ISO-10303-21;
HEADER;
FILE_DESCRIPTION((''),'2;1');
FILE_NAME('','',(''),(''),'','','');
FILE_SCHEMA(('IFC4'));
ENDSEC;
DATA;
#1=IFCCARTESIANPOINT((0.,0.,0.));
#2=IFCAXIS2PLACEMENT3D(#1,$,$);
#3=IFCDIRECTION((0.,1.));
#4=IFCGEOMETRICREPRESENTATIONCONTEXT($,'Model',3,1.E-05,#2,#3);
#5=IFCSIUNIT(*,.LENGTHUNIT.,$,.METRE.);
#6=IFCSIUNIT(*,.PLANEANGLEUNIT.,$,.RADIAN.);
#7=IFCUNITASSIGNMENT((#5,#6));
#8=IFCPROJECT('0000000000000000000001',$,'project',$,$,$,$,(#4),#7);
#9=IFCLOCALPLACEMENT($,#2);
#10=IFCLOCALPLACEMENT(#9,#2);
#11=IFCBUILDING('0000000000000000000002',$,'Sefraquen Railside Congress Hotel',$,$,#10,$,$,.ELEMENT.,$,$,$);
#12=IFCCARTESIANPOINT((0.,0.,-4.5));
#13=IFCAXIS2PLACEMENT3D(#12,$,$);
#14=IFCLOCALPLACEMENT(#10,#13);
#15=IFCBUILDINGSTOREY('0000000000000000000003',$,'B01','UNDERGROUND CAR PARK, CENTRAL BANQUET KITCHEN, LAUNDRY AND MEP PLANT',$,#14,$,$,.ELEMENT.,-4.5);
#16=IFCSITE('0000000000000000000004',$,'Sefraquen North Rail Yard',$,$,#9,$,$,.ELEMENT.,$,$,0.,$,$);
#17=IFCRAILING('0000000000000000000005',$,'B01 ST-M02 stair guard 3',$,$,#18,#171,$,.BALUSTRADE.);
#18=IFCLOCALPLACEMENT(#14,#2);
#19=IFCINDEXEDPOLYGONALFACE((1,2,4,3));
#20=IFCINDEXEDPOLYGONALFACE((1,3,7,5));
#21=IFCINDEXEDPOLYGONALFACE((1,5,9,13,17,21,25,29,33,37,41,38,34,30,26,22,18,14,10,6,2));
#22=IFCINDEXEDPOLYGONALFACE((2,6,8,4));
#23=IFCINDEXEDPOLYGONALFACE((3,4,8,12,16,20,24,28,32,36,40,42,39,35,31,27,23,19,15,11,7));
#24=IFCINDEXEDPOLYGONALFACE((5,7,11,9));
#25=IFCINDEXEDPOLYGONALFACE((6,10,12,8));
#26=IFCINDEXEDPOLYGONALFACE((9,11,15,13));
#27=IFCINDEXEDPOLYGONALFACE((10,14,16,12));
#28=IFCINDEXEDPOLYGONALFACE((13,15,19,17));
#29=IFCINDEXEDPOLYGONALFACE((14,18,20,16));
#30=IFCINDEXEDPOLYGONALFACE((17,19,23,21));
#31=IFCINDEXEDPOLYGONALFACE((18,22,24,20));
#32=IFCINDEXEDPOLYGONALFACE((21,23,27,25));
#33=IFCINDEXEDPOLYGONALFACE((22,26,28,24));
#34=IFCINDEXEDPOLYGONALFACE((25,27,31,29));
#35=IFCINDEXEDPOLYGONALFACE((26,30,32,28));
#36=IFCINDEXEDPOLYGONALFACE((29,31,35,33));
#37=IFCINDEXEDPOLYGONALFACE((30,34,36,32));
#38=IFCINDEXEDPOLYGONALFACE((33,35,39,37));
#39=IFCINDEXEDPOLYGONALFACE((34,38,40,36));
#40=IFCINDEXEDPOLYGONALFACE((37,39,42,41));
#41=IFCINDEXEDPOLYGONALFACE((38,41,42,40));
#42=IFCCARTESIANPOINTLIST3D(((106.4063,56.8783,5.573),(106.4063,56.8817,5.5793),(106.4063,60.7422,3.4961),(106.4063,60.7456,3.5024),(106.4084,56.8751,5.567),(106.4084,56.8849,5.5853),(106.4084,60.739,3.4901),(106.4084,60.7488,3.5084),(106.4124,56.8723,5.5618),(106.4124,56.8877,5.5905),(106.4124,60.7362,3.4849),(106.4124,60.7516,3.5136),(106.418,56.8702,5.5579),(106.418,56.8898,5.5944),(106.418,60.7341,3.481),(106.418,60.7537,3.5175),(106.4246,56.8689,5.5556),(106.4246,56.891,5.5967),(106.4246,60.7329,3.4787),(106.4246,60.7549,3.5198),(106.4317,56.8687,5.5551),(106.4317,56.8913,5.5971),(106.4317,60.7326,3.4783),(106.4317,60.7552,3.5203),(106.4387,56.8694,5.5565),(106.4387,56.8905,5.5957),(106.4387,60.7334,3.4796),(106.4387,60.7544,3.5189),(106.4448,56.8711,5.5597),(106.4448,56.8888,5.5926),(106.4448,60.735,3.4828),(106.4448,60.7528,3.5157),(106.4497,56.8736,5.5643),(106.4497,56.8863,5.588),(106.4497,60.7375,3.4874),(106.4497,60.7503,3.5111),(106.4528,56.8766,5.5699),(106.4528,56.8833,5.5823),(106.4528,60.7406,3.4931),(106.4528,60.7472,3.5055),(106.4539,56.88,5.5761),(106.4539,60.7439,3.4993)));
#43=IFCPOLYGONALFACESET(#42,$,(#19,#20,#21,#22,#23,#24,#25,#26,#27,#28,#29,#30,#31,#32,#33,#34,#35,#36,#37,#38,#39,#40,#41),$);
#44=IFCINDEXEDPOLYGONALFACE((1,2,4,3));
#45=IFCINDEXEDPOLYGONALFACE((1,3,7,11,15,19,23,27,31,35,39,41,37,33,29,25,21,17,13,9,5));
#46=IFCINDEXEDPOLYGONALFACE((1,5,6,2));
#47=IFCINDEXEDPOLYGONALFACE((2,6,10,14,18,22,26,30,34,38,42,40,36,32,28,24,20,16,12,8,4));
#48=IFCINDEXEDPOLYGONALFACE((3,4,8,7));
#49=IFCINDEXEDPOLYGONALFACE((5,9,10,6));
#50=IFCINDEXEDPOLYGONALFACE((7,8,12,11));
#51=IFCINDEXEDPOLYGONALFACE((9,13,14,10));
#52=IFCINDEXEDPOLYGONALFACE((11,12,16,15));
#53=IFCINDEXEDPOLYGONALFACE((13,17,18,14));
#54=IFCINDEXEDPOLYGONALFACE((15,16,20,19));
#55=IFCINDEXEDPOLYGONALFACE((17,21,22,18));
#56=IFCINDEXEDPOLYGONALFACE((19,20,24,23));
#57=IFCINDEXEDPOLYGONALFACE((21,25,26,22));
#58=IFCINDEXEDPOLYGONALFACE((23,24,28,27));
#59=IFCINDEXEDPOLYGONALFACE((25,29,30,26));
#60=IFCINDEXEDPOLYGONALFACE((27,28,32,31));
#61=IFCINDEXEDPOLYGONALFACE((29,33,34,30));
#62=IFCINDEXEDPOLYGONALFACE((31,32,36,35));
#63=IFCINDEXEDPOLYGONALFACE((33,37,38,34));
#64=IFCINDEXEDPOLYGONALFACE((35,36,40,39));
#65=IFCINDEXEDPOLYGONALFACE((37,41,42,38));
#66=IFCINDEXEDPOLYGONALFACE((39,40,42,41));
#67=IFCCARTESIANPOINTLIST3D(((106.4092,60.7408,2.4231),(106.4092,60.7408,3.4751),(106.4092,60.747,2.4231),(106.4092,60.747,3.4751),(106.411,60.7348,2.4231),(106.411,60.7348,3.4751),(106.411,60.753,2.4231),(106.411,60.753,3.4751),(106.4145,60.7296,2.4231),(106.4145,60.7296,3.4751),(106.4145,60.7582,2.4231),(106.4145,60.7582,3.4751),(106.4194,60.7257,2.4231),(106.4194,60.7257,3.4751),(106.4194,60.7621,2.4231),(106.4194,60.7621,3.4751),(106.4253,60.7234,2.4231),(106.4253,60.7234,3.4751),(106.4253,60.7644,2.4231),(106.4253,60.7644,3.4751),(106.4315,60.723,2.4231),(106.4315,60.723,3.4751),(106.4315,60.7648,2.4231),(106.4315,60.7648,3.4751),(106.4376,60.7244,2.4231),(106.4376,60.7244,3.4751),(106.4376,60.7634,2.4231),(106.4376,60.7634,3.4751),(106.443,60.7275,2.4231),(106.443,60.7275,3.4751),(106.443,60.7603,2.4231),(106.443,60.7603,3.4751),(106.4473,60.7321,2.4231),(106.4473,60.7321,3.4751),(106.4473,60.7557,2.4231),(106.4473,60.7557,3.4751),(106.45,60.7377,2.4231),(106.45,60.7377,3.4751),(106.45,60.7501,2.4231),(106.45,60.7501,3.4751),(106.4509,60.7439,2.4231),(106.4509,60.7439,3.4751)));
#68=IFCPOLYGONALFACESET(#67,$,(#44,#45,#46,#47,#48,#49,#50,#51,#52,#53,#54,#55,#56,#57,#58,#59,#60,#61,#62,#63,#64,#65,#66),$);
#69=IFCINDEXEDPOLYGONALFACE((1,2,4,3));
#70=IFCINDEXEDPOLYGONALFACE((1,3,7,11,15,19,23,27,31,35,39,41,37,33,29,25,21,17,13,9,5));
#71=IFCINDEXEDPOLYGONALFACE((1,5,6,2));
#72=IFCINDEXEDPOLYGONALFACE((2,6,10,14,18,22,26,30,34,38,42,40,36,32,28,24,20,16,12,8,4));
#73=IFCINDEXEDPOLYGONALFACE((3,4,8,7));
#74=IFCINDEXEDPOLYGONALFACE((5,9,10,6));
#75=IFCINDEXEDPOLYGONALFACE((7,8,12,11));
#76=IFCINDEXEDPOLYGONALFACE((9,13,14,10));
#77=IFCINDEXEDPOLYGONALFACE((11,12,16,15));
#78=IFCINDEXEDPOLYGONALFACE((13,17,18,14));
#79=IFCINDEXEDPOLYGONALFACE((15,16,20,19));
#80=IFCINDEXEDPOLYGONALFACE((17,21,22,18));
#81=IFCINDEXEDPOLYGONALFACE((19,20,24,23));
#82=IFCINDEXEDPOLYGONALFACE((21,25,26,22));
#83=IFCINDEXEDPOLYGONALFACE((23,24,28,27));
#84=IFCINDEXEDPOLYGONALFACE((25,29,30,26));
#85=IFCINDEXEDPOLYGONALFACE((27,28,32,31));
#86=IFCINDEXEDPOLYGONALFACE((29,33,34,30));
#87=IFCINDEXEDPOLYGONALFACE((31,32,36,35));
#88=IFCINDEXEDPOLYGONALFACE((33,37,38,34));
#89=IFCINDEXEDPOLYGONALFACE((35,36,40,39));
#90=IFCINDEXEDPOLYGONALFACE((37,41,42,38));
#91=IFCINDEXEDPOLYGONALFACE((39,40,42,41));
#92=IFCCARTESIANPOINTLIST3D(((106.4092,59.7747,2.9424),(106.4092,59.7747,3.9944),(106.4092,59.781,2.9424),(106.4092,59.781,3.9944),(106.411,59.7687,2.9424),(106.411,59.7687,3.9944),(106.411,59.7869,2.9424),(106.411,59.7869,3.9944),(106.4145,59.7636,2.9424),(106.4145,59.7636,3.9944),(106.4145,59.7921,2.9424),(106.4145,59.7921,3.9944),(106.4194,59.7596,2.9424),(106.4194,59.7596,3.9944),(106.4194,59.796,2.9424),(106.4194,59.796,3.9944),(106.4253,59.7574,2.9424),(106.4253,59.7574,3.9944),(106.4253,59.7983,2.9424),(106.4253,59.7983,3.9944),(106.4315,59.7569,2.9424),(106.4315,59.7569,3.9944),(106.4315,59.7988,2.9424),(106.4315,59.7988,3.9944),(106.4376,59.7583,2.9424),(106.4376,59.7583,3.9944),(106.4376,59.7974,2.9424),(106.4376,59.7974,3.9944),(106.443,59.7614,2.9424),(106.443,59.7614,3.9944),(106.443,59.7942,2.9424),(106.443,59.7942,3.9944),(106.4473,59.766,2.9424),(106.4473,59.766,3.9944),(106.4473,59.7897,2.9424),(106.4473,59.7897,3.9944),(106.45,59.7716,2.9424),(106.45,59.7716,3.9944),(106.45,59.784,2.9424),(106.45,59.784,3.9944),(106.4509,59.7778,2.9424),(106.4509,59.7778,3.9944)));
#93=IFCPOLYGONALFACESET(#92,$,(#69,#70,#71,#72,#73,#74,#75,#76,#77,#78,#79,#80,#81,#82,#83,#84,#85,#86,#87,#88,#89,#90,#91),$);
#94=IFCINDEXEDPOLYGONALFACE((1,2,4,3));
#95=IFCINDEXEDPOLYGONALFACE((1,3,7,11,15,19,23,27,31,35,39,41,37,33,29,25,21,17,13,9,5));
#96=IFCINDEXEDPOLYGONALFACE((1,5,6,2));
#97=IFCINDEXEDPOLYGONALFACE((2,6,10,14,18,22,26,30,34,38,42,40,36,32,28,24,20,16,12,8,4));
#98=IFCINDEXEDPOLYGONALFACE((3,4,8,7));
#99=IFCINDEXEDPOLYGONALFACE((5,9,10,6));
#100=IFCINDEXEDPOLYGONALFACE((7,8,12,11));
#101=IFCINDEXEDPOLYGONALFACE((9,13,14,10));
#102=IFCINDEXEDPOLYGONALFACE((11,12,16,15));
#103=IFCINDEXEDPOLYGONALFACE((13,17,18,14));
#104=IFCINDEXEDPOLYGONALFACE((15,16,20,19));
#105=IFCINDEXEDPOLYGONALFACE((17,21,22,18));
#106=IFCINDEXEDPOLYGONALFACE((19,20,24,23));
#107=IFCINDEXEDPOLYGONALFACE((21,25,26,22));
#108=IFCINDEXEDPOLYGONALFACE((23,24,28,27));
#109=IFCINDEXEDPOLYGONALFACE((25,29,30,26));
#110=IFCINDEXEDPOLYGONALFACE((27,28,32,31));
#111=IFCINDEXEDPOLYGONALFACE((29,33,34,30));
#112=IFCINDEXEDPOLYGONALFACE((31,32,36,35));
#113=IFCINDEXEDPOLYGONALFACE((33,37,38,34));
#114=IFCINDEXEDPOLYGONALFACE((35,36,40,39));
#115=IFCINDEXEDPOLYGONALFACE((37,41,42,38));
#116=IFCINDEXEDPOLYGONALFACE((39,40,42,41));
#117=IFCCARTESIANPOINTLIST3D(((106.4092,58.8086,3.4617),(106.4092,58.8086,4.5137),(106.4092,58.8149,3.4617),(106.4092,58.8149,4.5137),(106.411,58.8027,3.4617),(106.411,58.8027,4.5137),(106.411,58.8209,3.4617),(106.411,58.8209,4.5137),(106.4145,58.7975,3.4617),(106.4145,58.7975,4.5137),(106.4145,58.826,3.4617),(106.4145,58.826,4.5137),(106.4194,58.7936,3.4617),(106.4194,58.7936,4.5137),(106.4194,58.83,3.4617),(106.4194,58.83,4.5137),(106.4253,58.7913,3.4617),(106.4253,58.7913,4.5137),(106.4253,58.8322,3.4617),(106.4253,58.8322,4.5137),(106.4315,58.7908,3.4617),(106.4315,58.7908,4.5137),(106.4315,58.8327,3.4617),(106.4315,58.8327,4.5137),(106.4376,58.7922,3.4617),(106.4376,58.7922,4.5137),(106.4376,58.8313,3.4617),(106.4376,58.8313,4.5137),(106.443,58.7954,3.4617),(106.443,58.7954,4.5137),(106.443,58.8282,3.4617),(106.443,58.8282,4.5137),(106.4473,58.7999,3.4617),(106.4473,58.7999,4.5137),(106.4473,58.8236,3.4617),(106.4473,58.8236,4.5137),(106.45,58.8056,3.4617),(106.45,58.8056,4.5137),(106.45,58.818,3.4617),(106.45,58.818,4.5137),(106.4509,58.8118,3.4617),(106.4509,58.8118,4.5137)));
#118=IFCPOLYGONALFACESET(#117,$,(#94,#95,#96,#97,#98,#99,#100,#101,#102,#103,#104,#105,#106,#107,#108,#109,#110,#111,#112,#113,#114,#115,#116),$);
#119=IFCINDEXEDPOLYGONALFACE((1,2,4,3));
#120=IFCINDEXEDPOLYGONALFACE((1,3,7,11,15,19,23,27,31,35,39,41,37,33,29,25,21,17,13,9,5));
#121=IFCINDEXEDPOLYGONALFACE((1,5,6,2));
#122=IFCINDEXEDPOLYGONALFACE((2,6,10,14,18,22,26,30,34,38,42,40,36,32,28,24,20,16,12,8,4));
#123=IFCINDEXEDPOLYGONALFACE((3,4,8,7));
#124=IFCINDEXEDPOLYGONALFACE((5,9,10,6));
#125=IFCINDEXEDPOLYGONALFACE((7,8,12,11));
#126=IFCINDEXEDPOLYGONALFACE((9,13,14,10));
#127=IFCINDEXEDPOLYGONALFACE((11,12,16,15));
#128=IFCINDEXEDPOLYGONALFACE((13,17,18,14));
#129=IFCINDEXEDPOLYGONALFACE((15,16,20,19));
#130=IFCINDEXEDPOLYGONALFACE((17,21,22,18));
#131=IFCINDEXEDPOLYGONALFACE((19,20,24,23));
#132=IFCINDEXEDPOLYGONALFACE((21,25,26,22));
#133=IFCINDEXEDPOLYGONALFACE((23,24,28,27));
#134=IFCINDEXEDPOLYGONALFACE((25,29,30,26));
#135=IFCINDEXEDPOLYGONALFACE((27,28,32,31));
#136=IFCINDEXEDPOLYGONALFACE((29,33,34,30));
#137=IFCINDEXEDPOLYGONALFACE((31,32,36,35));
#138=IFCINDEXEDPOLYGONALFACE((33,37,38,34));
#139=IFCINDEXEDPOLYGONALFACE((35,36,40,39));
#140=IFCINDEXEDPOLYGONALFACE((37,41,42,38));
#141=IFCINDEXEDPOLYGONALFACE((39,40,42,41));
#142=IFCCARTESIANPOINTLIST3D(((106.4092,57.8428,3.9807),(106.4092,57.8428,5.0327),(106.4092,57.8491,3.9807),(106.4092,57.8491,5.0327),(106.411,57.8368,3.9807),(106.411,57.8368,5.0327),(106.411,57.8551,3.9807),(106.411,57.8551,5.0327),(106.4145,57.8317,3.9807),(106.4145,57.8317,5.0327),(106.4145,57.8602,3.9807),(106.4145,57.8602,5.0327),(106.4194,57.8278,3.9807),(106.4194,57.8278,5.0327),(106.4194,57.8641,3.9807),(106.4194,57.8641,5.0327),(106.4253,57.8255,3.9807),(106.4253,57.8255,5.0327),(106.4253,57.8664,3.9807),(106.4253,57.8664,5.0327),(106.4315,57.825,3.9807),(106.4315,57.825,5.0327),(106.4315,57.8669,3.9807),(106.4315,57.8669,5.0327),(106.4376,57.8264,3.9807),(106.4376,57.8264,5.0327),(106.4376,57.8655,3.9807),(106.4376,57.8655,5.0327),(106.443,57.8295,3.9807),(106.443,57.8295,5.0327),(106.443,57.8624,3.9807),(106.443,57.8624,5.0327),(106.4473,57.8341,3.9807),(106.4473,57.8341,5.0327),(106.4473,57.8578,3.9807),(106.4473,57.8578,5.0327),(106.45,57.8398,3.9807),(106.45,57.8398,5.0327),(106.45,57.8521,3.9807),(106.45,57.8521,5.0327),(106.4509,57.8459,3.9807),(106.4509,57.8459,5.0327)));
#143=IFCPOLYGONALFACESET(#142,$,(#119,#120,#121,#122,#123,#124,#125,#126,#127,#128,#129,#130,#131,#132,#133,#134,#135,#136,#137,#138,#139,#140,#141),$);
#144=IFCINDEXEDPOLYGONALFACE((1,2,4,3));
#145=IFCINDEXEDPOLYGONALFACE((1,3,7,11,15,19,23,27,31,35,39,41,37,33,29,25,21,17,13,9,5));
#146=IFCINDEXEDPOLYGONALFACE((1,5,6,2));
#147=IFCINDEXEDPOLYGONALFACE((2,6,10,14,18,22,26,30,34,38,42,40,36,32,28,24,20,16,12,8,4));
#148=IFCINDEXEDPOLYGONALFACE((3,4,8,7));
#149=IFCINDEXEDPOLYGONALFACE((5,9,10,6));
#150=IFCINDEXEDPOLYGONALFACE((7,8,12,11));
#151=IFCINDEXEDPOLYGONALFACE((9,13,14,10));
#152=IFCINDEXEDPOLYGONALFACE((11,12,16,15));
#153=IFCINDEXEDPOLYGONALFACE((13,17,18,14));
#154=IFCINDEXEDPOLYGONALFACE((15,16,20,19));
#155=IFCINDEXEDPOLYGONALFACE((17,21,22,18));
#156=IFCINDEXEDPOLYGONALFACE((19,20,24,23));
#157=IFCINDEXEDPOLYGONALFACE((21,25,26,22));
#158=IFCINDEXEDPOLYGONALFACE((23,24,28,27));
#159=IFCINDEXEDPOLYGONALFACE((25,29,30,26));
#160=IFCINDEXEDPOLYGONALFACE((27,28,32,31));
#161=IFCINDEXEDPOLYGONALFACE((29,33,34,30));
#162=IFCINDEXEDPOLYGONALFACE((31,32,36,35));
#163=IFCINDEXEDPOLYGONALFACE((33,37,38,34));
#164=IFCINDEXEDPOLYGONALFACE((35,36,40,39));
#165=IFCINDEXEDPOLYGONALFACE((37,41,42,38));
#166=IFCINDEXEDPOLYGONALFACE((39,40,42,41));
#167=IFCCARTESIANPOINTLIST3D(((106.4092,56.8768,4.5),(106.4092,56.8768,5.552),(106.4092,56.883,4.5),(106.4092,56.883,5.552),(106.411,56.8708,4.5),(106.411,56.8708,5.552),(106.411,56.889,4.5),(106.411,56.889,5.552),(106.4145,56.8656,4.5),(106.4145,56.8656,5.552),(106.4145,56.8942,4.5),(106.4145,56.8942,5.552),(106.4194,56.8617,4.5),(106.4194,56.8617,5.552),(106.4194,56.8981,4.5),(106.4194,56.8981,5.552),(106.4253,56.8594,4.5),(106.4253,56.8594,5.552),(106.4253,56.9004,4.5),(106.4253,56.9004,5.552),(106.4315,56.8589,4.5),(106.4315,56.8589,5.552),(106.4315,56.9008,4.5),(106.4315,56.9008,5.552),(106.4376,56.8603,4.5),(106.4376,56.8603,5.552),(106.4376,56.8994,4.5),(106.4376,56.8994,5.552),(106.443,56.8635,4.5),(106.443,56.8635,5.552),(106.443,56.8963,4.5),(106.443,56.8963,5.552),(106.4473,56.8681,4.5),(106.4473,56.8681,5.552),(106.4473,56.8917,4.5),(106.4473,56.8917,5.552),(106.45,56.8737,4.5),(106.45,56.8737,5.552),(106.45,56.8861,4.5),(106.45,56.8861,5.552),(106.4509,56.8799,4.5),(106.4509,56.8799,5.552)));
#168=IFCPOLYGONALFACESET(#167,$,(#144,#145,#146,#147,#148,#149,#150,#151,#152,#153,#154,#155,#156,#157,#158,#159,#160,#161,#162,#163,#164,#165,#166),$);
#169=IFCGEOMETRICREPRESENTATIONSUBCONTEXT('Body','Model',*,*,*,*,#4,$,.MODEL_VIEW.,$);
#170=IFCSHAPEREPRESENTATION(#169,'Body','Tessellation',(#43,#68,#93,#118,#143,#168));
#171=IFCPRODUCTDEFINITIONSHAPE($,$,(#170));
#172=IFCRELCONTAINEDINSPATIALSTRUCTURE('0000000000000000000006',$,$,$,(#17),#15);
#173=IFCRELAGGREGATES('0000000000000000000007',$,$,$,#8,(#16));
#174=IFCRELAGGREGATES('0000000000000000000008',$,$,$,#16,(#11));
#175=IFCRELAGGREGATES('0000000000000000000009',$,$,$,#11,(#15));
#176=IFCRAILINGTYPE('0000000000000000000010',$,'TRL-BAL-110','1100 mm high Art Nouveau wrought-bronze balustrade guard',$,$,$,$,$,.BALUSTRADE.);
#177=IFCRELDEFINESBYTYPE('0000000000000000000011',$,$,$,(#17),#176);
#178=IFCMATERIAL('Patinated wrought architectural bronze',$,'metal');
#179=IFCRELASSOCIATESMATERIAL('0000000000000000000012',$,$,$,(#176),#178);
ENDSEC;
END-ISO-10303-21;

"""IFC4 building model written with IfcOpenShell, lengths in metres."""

from ifc_helpers import new_model, si_unit, direction, frame, origin, origin_2d, place, context, subcontext, project, spatial, circle, extrude, material, type_object, element, save


model = new_model("IFC4")

# Units and contexts
model_context = context("Model", 3, precision=1e-05, world=origin(), true_north=direction((0.0, 1.0)))
body_context = subcontext(model_context, "Body", "Model", "MODEL_VIEW")
ifc_project = project(units=[si_unit("LENGTHUNIT", "METRE"), si_unit("PLANEANGLEUNIT", "RADIAN")], contexts=[model_context])

# Site, building, storey
site_placement = place(None, origin())
site = spatial("IfcSite", under=ifc_project, at=site_placement, Name="Sefraquen North Rail Yard", CompositionType="ELEMENT", RefElevation=0.0)
building_placement = place(site_placement, origin())
building = spatial("IfcBuilding", under=site, at=building_placement, Name="Sefraquen Railside Congress Hotel", CompositionType="ELEMENT")
storey_placement = place(building_placement, frame((0.0, 0.0, -4.5)))
storey = spatial("IfcBuildingStorey", under=building, at=storey_placement, Name="B01", Description="UNDERGROUND CAR PARK, CENTRAL BANQUET KITCHEN, LAUNDRY AND MEP PLANT", CompositionType="ELEMENT", Elevation=-4.5)

# Railing
ifc_material_1 = material(Name="Patinated wrought architectural bronze", Category="metal")
railing_type_1 = type_object("IfcRailingType", Name="TRL-BAL-110", Description="1100 mm high Art Nouveau wrought-bronze balustrade guard", PredefinedType="BALUSTRADE", material=ifc_material_1)
railing_1_placement = place(storey_placement, frame((106.4299, 60.7439, 2.4231)))
element("IfcRailing", 1, at=railing_1_placement, inside=storey, type_object=railing_type_1, Name="B01 ST-M02 stair guard 3", PredefinedType="BALUSTRADE", context=body_context, shape_type="SweptSolid", body=[
    extrude(circle(Radius=0.0239, at=origin_2d()), frame((0.0, 0.0, 1.0762), z_axis=(0.0, -0.880825, 0.473443), x_axis=(1.0, 0.0, 0.0)), (0.0, 0.0, 1.0), 4.3867),
    extrude(circle(Radius=0.021, at=origin_2d()), origin(), (0.0, 0.0, 1.0), 1.052),
    extrude(circle(Radius=0.021, at=origin_2d()), frame((0.0, -0.9661, 0.5193)), (0.0, 0.0, 1.0), 1.052),
    extrude(circle(Radius=0.021, at=origin_2d()), frame((0.0, -1.9321, 1.0386)), (0.0, 0.0, 1.0), 1.052),
    extrude(circle(Radius=0.021, at=origin_2d()), frame((0.0, -2.8979, 1.5576)), (0.0, 0.0, 1.0), 1.052),
    extrude(circle(Radius=0.021, at=origin_2d()), frame((0.0, -3.864, 2.0769)), (0.0, 0.0, 1.0), 1.052),
])

save(model, "model.ifc")
